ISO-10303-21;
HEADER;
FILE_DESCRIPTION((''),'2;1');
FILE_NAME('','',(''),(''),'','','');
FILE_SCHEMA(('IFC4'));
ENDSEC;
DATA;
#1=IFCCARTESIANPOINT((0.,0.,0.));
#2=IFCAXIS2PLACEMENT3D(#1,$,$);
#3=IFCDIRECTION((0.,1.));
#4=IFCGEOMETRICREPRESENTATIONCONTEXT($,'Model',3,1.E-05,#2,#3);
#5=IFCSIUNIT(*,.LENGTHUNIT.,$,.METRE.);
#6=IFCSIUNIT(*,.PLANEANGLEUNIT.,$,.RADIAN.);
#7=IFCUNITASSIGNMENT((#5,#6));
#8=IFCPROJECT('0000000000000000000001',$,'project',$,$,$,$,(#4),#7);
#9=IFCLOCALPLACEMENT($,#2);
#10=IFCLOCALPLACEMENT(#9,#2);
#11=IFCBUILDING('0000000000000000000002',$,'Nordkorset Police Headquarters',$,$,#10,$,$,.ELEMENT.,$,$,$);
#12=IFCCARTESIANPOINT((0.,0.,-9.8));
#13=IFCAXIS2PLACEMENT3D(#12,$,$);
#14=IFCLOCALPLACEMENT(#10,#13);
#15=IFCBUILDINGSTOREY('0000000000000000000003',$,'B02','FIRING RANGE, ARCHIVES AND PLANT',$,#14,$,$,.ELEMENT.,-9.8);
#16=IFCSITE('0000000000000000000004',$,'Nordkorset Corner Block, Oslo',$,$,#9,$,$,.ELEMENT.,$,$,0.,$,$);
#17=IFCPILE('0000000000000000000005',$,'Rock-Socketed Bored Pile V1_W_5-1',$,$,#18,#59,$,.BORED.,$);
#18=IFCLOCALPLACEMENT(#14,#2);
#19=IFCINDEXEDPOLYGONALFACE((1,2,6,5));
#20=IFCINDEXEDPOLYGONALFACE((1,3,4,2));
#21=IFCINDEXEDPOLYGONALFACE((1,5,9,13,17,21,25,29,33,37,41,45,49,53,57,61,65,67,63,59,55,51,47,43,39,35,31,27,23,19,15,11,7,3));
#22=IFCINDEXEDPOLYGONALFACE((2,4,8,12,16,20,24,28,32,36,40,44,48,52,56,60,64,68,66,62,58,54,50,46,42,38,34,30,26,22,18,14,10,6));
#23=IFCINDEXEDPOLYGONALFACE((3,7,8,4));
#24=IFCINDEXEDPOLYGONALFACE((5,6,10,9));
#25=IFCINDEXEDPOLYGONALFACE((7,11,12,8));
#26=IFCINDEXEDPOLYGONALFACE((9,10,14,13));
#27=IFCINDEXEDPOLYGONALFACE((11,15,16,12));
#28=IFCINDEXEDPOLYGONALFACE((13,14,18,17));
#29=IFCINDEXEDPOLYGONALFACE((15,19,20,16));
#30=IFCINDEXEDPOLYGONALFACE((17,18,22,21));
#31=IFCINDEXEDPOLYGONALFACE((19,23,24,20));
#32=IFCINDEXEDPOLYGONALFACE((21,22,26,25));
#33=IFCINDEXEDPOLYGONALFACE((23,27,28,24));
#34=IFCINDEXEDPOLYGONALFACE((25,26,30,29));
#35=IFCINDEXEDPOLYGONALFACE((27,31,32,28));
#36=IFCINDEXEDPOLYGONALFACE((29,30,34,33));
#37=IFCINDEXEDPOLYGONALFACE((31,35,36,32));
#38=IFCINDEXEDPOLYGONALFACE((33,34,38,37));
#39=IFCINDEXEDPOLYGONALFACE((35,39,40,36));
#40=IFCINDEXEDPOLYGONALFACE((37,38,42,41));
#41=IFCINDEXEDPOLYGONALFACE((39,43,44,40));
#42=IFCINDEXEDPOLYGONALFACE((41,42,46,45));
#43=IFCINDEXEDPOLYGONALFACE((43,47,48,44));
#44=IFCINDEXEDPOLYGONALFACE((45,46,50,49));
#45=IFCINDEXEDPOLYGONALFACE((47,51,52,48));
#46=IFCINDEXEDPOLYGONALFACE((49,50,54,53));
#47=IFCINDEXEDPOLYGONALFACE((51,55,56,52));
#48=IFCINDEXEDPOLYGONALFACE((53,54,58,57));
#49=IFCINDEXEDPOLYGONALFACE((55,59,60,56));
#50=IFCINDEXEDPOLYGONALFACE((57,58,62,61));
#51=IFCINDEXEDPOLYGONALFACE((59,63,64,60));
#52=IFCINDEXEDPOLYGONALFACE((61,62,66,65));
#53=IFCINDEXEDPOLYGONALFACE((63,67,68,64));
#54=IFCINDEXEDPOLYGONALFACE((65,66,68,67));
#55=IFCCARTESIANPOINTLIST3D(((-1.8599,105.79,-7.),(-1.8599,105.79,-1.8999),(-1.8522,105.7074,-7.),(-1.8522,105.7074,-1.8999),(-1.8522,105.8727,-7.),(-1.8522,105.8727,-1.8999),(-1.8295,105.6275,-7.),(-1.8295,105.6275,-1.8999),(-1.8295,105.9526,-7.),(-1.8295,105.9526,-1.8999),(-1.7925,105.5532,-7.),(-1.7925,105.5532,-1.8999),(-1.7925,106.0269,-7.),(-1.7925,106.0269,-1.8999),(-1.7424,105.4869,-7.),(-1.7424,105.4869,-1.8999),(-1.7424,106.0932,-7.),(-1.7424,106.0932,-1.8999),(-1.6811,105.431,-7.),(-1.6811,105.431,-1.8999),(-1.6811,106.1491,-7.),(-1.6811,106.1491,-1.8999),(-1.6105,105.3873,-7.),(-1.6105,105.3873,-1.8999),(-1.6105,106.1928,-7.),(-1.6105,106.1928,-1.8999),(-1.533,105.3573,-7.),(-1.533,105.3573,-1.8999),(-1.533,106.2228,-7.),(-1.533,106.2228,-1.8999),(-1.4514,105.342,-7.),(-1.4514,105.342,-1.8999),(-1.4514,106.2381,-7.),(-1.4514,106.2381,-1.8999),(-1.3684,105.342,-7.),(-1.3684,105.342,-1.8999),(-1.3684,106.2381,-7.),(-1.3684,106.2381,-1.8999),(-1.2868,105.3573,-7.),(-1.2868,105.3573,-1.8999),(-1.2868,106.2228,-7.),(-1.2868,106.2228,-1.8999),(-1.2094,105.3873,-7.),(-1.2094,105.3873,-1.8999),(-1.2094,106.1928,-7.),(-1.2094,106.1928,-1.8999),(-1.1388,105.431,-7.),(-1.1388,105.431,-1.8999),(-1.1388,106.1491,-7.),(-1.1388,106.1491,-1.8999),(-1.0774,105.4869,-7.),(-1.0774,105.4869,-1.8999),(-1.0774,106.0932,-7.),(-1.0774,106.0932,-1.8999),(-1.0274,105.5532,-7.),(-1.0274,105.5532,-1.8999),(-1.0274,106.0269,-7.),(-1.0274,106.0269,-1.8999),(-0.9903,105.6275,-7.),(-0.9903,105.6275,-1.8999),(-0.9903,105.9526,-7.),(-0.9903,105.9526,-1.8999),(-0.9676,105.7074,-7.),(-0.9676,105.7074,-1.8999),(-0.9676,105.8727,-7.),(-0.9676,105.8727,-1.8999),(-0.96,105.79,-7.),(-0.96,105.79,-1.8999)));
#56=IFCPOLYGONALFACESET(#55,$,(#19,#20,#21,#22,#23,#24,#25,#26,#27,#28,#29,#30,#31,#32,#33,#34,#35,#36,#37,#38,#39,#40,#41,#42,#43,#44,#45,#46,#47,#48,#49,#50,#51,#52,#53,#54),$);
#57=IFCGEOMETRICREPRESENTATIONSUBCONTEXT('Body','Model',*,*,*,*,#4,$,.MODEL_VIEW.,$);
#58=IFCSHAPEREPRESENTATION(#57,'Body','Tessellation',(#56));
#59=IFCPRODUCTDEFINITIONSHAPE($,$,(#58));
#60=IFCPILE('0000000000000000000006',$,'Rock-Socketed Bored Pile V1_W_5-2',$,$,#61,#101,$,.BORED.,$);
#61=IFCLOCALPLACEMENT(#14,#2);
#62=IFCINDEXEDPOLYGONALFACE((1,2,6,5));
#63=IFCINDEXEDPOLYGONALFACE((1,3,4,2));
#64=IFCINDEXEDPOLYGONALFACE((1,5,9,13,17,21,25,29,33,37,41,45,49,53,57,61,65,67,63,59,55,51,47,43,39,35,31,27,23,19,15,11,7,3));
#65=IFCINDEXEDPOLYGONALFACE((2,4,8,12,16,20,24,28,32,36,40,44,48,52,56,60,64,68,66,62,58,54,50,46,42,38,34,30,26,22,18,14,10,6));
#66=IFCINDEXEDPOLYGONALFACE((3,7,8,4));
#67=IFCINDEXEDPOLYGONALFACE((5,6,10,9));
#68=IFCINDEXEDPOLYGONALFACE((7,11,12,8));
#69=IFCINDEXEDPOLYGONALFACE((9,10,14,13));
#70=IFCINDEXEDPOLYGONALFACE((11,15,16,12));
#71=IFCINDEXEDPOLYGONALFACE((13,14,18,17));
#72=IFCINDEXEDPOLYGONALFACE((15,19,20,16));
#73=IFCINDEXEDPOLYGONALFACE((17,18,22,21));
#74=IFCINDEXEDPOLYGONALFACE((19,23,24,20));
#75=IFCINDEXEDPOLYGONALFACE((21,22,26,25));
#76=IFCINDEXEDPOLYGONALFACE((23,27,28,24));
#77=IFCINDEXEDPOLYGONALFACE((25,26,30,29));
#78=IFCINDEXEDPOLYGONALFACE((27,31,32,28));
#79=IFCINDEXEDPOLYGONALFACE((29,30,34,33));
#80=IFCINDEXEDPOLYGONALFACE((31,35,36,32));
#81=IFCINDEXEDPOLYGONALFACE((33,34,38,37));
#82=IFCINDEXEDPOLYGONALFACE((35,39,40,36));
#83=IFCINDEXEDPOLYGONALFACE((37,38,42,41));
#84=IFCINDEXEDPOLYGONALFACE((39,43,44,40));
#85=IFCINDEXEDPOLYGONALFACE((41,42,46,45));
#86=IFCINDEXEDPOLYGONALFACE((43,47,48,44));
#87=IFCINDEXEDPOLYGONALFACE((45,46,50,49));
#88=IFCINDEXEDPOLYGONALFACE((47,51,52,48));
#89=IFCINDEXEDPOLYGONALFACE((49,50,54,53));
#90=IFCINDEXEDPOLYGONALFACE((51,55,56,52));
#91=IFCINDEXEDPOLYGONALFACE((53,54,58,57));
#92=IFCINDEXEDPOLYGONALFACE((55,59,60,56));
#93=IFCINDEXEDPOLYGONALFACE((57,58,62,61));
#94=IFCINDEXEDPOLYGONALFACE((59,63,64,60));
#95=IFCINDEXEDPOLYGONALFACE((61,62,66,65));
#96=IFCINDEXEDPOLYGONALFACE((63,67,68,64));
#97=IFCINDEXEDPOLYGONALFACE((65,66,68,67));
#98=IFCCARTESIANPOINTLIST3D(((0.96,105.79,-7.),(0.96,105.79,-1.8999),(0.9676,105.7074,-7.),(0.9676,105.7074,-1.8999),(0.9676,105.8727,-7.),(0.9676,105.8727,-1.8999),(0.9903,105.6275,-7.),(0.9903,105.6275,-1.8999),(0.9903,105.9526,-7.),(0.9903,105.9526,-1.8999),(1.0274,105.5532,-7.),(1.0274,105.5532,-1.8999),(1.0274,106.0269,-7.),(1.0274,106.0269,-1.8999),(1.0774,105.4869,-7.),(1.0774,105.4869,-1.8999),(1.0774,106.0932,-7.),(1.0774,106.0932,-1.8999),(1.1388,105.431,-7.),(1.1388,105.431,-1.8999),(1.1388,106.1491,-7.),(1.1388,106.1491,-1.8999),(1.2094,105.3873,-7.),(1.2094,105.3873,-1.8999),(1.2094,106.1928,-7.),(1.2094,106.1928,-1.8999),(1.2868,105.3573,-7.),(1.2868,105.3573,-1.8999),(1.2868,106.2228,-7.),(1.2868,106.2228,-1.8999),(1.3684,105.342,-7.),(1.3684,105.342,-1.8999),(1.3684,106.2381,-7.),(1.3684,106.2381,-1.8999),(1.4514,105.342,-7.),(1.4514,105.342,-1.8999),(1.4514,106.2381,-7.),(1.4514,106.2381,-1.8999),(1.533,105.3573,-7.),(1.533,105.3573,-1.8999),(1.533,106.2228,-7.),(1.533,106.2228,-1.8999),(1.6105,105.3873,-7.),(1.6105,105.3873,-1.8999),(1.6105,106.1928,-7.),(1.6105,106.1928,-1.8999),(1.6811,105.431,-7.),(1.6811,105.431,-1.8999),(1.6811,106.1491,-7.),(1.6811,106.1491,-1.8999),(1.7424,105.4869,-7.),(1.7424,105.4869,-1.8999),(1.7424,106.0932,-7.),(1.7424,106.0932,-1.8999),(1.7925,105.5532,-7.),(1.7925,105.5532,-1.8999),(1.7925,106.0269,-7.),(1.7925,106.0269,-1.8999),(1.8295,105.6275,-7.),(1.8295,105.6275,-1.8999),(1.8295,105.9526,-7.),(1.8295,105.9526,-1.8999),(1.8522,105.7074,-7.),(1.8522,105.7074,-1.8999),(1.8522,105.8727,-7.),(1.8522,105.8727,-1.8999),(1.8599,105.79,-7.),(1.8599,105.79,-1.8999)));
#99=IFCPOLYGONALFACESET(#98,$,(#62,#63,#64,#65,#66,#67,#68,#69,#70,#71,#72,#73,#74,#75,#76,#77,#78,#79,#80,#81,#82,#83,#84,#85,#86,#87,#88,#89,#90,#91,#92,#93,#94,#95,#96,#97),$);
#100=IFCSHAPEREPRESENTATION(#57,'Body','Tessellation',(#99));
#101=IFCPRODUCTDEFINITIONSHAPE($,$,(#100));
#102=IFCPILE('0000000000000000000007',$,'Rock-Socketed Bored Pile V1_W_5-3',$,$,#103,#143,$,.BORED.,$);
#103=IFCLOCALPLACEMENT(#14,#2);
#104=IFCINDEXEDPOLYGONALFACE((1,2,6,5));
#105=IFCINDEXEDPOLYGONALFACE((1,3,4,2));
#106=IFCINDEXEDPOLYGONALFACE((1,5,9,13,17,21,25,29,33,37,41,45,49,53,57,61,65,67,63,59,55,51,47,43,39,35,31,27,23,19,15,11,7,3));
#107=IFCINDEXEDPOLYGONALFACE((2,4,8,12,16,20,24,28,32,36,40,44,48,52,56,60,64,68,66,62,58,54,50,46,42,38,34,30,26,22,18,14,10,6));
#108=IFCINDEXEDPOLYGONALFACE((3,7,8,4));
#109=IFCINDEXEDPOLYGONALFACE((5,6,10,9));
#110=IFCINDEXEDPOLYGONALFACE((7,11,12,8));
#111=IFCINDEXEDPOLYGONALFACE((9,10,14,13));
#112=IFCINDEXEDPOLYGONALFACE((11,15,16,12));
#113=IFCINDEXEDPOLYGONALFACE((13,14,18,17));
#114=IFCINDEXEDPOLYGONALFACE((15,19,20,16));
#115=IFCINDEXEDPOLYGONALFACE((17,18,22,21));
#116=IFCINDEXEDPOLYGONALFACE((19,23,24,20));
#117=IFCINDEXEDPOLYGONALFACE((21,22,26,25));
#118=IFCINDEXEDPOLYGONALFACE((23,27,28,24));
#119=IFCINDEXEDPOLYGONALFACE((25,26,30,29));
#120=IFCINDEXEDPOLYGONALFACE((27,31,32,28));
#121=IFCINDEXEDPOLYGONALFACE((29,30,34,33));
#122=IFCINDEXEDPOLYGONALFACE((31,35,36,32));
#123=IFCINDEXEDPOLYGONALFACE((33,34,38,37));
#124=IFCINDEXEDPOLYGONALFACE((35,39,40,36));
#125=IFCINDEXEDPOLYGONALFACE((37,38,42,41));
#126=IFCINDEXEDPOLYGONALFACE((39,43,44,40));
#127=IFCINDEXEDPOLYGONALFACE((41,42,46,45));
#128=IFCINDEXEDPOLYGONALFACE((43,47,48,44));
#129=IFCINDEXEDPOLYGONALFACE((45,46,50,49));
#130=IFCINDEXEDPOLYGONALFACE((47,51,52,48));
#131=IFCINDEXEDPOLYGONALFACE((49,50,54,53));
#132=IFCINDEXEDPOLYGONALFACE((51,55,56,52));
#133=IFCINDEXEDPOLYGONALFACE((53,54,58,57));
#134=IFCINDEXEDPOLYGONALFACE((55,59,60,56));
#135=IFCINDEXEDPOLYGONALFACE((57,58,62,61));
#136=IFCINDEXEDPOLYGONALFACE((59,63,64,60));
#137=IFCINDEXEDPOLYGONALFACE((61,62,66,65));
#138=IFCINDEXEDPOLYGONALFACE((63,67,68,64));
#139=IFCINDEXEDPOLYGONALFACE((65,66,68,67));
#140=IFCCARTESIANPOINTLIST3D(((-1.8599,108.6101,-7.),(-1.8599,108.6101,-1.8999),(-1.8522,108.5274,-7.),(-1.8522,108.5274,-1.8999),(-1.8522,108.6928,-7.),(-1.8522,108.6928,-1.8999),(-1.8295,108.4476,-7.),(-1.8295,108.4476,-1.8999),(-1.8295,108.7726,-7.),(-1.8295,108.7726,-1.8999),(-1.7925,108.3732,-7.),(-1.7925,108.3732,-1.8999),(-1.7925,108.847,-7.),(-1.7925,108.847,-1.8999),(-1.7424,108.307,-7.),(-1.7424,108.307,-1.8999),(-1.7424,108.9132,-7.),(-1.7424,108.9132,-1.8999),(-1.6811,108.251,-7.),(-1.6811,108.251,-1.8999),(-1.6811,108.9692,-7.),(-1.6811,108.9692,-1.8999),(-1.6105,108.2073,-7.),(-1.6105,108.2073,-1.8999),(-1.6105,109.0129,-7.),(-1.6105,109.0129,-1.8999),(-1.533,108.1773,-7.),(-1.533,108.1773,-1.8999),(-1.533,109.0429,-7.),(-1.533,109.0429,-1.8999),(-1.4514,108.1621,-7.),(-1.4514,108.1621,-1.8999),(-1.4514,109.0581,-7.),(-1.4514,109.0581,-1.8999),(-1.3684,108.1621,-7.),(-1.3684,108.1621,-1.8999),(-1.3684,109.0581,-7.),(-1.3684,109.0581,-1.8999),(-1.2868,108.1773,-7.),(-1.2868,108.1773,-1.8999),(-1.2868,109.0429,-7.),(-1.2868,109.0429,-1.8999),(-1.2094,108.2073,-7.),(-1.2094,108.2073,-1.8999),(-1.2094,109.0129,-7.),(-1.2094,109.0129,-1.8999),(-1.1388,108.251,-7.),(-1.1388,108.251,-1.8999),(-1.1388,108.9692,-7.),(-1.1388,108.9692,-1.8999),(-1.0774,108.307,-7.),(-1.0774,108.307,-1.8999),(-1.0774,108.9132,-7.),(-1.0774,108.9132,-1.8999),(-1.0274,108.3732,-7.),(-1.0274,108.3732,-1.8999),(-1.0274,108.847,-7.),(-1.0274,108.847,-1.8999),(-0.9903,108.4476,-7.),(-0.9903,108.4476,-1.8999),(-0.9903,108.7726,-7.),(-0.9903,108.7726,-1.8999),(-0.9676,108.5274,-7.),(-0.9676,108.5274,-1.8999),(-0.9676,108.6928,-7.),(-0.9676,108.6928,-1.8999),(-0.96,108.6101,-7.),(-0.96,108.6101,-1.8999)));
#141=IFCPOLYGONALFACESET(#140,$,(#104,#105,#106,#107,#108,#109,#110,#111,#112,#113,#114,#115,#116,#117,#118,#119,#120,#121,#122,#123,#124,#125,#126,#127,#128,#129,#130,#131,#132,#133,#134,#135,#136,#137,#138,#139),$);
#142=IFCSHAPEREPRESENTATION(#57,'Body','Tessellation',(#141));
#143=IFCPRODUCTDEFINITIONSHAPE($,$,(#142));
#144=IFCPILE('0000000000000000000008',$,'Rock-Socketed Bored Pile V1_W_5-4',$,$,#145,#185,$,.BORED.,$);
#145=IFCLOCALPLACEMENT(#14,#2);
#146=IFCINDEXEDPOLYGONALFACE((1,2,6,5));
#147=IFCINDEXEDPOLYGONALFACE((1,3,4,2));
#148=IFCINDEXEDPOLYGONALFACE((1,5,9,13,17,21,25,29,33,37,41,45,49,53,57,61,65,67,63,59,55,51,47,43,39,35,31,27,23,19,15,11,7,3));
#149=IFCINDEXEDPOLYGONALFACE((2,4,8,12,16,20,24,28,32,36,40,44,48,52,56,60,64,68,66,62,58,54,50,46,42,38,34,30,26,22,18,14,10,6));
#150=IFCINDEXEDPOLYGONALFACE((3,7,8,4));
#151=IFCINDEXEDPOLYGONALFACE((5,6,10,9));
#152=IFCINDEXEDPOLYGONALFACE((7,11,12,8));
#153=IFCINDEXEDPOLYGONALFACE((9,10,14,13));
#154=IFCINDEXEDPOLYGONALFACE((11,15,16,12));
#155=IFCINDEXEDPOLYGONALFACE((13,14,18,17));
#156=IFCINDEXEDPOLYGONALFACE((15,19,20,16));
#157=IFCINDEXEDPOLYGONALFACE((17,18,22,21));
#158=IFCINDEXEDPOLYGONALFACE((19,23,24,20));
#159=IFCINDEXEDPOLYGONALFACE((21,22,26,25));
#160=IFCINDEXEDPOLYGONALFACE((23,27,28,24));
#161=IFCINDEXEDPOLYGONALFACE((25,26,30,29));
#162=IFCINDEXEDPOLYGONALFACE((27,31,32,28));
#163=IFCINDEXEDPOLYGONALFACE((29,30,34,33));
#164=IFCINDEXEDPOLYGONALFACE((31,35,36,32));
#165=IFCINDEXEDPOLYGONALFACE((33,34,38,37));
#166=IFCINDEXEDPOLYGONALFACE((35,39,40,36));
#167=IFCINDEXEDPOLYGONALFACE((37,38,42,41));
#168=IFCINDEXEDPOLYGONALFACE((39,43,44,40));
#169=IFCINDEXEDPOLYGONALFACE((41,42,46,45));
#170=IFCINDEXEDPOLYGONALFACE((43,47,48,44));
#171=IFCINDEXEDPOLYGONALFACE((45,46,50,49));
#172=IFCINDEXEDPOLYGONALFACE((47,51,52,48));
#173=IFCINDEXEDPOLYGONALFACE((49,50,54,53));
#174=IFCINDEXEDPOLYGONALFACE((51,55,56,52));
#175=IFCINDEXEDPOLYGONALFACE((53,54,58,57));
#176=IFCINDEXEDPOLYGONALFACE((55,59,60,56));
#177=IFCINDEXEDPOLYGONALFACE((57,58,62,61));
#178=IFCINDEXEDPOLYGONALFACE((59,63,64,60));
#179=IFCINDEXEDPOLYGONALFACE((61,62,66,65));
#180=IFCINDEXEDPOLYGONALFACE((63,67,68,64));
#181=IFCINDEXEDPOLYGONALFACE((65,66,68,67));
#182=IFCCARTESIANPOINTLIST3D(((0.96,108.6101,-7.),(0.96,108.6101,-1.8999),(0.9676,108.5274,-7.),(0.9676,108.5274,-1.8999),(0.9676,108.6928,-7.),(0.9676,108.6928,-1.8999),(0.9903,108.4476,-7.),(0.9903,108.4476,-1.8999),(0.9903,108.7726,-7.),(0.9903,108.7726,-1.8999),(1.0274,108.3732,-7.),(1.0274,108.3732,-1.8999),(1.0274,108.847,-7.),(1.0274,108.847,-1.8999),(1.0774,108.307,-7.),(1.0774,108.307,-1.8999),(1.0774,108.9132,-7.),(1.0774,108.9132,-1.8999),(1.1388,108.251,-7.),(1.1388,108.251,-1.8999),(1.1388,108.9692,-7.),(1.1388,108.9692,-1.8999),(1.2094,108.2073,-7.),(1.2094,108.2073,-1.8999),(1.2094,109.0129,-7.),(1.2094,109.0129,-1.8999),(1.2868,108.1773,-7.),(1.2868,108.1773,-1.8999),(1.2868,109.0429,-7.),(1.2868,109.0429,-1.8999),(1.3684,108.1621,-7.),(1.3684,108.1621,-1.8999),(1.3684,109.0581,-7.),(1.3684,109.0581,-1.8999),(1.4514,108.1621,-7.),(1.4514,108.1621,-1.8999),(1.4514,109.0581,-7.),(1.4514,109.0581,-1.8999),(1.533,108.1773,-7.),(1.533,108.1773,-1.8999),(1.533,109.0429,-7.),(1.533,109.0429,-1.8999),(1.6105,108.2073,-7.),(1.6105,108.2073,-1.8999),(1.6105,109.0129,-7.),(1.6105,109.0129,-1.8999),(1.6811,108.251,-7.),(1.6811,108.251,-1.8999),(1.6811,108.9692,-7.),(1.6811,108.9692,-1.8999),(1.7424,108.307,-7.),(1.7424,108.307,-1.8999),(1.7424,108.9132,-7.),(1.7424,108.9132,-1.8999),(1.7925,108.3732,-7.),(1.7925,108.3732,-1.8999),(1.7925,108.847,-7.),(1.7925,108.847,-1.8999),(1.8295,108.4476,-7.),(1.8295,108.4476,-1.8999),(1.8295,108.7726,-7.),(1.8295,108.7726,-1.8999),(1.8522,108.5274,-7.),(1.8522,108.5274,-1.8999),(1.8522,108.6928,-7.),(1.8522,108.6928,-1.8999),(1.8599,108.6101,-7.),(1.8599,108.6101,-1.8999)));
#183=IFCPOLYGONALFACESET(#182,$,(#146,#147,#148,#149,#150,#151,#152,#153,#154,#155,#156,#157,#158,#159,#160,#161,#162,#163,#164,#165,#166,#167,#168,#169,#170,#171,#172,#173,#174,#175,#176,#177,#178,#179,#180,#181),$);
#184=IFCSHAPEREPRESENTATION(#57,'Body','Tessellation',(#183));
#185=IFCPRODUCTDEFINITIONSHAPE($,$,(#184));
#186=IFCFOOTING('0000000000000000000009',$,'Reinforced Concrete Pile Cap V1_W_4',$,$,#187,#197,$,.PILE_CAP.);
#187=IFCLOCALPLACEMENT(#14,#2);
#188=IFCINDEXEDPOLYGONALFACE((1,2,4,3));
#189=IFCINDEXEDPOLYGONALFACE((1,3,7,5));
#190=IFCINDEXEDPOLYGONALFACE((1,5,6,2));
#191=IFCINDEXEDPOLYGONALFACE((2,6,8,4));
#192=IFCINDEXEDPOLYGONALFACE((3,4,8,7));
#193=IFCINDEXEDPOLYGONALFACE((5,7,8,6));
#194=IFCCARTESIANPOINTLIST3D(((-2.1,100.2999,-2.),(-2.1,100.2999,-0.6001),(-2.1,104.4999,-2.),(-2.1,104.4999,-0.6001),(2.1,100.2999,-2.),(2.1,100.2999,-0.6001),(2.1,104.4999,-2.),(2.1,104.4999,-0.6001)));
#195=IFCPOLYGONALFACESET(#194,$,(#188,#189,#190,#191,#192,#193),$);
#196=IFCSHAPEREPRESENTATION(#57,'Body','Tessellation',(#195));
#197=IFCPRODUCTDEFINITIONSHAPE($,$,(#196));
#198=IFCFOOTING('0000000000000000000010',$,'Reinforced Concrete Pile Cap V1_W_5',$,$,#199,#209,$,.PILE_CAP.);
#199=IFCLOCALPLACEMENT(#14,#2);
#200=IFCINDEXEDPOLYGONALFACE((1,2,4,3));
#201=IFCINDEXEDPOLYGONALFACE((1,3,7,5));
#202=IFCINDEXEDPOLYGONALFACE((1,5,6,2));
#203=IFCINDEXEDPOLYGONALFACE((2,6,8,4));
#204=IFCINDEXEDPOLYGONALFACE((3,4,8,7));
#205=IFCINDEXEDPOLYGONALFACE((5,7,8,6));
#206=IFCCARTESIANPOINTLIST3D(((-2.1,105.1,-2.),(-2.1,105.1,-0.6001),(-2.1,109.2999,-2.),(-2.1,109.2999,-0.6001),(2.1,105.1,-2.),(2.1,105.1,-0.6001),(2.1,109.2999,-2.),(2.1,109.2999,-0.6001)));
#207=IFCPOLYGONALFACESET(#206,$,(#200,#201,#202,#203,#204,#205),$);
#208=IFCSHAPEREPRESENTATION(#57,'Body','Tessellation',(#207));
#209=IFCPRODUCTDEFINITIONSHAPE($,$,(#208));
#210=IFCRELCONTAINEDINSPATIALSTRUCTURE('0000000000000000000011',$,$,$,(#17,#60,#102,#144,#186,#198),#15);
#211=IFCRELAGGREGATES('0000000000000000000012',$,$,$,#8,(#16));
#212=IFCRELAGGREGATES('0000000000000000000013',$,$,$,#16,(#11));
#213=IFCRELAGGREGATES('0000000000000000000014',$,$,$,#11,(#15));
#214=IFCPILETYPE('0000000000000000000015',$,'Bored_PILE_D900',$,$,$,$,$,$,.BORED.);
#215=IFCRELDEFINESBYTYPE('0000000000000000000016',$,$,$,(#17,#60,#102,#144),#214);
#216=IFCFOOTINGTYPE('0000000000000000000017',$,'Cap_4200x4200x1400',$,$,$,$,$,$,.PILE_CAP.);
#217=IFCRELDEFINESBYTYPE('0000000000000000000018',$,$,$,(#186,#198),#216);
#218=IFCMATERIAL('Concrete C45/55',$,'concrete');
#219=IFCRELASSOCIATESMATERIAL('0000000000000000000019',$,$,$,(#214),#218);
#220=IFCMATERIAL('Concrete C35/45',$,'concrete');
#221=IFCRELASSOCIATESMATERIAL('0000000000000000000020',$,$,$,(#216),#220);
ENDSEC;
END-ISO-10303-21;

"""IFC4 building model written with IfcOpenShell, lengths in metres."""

from ifc_helpers import new_model, si_unit, direction, frame, origin, origin_2d, place, context, subcontext, project, spatial, rectangle, circle, extrude, material, material_profile, profile_set, type_object, element, save


model = new_model("IFC4")

# Units and contexts
model_context = context("Model", 3, precision=1e-05, world=origin(), true_north=direction((0.0, 1.0)))
body_context = subcontext(model_context, "Body", "Model", "MODEL_VIEW")
ifc_project = project(units=[si_unit("LENGTHUNIT", "METRE"), si_unit("PLANEANGLEUNIT", "RADIAN")], contexts=[model_context])

# Site, building, storey
site_placement = place(None, origin())
site = spatial("IfcSite", under=ifc_project, at=site_placement, Name="Nordkorset Corner Block, Oslo", CompositionType="ELEMENT", RefElevation=0.0)
building_placement = place(site_placement, origin())
building = spatial("IfcBuilding", under=site, at=building_placement, Name="Nordkorset Police Headquarters", CompositionType="ELEMENT")
storey_placement = place(building_placement, frame((0.0, 0.0, -9.8)))
storey = spatial("IfcBuildingStorey", under=building, at=storey_placement, Name="B02", Description="FIRING RANGE, ARCHIVES AND PLANT", CompositionType="ELEMENT", Elevation=-9.8)

# Piles
ifc_material_1 = material(Name="Concrete C45/55", Category="concrete")
ifc_material_profile_1 = material_profile(ifc_material_1, circle(Radius=0.45, at=origin_2d()), Name="PILE D900")
ifc_profile_set_1 = profile_set([ifc_material_profile_1], Name="Concrete C45/55")
pile_type = type_object("IfcPileType", Name="Bored_PILE_D900", PredefinedType="BORED", material=ifc_profile_set_1)
for number, where, z_axis, x_axis, name in (
    (1, (-1.4099, 105.79, -1.8999), (0.0, 0.0, -1.0), (1.0, 0.0, 0.0), "Rock-Socketed Bored Pile V1_W_5-1"),
    (2, (1.4099, 105.79, -1.8999), (0.0, 0.0, -1.0), (1.0, 0.0, 0.0), "Rock-Socketed Bored Pile V1_W_5-2"),
    (3, (-1.4099, 108.6101, -1.8999), (0.0, 0.0, -1.0), (1.0, 0.0, 0.0), "Rock-Socketed Bored Pile V1_W_5-3"),
    (4, (1.4099, 108.6101, -1.8999), (0.0, 0.0, -1.0), (1.0, 0.0, 0.0), "Rock-Socketed Bored Pile V1_W_5-4"),
):
    element("IfcPile", number, at=place(storey_placement, frame(where, z_axis=z_axis, x_axis=x_axis)), inside=storey, type_object=pile_type, Name=name, PredefinedType="BORED", context=body_context, shape_type="SweptSolid", body=[
        extrude(circle(Radius=0.45, at=origin_2d()), origin(), (0.0, 0.0, 1.0), 5.1001),
    ])

# Footings
ifc_material_2 = material(Name="Concrete C35/45", Category="concrete")
footing_type = type_object("IfcFootingType", Name="Cap_4200x4200x1400", PredefinedType="PILE_CAP", material=ifc_material_2)
for number, where, z_axis, x_axis, name in (
    (5, (0.0, 102.3999, -2.0), (0.0, 0.0, 1.0), (1.0, 0.0, 0.0), "Reinforced Concrete Pile Cap V1_W_4"),
    (6, (0.0, 107.2, -2.0), (0.0, 0.0, 1.0), (1.0, 0.0, 0.0), "Reinforced Concrete Pile Cap V1_W_5"),
):
    element("IfcFooting", number, at=place(storey_placement, frame(where, z_axis=z_axis, x_axis=x_axis)), inside=storey, type_object=footing_type, Name=name, PredefinedType="PILE_CAP", context=body_context, shape_type="SweptSolid", body=[
        extrude(rectangle(XDim=4.2, YDim=4.2, at=origin_2d()), origin(), (0.0, 0.0, 1.0), 1.3999),
    ])

save(model, "model.ifc")
